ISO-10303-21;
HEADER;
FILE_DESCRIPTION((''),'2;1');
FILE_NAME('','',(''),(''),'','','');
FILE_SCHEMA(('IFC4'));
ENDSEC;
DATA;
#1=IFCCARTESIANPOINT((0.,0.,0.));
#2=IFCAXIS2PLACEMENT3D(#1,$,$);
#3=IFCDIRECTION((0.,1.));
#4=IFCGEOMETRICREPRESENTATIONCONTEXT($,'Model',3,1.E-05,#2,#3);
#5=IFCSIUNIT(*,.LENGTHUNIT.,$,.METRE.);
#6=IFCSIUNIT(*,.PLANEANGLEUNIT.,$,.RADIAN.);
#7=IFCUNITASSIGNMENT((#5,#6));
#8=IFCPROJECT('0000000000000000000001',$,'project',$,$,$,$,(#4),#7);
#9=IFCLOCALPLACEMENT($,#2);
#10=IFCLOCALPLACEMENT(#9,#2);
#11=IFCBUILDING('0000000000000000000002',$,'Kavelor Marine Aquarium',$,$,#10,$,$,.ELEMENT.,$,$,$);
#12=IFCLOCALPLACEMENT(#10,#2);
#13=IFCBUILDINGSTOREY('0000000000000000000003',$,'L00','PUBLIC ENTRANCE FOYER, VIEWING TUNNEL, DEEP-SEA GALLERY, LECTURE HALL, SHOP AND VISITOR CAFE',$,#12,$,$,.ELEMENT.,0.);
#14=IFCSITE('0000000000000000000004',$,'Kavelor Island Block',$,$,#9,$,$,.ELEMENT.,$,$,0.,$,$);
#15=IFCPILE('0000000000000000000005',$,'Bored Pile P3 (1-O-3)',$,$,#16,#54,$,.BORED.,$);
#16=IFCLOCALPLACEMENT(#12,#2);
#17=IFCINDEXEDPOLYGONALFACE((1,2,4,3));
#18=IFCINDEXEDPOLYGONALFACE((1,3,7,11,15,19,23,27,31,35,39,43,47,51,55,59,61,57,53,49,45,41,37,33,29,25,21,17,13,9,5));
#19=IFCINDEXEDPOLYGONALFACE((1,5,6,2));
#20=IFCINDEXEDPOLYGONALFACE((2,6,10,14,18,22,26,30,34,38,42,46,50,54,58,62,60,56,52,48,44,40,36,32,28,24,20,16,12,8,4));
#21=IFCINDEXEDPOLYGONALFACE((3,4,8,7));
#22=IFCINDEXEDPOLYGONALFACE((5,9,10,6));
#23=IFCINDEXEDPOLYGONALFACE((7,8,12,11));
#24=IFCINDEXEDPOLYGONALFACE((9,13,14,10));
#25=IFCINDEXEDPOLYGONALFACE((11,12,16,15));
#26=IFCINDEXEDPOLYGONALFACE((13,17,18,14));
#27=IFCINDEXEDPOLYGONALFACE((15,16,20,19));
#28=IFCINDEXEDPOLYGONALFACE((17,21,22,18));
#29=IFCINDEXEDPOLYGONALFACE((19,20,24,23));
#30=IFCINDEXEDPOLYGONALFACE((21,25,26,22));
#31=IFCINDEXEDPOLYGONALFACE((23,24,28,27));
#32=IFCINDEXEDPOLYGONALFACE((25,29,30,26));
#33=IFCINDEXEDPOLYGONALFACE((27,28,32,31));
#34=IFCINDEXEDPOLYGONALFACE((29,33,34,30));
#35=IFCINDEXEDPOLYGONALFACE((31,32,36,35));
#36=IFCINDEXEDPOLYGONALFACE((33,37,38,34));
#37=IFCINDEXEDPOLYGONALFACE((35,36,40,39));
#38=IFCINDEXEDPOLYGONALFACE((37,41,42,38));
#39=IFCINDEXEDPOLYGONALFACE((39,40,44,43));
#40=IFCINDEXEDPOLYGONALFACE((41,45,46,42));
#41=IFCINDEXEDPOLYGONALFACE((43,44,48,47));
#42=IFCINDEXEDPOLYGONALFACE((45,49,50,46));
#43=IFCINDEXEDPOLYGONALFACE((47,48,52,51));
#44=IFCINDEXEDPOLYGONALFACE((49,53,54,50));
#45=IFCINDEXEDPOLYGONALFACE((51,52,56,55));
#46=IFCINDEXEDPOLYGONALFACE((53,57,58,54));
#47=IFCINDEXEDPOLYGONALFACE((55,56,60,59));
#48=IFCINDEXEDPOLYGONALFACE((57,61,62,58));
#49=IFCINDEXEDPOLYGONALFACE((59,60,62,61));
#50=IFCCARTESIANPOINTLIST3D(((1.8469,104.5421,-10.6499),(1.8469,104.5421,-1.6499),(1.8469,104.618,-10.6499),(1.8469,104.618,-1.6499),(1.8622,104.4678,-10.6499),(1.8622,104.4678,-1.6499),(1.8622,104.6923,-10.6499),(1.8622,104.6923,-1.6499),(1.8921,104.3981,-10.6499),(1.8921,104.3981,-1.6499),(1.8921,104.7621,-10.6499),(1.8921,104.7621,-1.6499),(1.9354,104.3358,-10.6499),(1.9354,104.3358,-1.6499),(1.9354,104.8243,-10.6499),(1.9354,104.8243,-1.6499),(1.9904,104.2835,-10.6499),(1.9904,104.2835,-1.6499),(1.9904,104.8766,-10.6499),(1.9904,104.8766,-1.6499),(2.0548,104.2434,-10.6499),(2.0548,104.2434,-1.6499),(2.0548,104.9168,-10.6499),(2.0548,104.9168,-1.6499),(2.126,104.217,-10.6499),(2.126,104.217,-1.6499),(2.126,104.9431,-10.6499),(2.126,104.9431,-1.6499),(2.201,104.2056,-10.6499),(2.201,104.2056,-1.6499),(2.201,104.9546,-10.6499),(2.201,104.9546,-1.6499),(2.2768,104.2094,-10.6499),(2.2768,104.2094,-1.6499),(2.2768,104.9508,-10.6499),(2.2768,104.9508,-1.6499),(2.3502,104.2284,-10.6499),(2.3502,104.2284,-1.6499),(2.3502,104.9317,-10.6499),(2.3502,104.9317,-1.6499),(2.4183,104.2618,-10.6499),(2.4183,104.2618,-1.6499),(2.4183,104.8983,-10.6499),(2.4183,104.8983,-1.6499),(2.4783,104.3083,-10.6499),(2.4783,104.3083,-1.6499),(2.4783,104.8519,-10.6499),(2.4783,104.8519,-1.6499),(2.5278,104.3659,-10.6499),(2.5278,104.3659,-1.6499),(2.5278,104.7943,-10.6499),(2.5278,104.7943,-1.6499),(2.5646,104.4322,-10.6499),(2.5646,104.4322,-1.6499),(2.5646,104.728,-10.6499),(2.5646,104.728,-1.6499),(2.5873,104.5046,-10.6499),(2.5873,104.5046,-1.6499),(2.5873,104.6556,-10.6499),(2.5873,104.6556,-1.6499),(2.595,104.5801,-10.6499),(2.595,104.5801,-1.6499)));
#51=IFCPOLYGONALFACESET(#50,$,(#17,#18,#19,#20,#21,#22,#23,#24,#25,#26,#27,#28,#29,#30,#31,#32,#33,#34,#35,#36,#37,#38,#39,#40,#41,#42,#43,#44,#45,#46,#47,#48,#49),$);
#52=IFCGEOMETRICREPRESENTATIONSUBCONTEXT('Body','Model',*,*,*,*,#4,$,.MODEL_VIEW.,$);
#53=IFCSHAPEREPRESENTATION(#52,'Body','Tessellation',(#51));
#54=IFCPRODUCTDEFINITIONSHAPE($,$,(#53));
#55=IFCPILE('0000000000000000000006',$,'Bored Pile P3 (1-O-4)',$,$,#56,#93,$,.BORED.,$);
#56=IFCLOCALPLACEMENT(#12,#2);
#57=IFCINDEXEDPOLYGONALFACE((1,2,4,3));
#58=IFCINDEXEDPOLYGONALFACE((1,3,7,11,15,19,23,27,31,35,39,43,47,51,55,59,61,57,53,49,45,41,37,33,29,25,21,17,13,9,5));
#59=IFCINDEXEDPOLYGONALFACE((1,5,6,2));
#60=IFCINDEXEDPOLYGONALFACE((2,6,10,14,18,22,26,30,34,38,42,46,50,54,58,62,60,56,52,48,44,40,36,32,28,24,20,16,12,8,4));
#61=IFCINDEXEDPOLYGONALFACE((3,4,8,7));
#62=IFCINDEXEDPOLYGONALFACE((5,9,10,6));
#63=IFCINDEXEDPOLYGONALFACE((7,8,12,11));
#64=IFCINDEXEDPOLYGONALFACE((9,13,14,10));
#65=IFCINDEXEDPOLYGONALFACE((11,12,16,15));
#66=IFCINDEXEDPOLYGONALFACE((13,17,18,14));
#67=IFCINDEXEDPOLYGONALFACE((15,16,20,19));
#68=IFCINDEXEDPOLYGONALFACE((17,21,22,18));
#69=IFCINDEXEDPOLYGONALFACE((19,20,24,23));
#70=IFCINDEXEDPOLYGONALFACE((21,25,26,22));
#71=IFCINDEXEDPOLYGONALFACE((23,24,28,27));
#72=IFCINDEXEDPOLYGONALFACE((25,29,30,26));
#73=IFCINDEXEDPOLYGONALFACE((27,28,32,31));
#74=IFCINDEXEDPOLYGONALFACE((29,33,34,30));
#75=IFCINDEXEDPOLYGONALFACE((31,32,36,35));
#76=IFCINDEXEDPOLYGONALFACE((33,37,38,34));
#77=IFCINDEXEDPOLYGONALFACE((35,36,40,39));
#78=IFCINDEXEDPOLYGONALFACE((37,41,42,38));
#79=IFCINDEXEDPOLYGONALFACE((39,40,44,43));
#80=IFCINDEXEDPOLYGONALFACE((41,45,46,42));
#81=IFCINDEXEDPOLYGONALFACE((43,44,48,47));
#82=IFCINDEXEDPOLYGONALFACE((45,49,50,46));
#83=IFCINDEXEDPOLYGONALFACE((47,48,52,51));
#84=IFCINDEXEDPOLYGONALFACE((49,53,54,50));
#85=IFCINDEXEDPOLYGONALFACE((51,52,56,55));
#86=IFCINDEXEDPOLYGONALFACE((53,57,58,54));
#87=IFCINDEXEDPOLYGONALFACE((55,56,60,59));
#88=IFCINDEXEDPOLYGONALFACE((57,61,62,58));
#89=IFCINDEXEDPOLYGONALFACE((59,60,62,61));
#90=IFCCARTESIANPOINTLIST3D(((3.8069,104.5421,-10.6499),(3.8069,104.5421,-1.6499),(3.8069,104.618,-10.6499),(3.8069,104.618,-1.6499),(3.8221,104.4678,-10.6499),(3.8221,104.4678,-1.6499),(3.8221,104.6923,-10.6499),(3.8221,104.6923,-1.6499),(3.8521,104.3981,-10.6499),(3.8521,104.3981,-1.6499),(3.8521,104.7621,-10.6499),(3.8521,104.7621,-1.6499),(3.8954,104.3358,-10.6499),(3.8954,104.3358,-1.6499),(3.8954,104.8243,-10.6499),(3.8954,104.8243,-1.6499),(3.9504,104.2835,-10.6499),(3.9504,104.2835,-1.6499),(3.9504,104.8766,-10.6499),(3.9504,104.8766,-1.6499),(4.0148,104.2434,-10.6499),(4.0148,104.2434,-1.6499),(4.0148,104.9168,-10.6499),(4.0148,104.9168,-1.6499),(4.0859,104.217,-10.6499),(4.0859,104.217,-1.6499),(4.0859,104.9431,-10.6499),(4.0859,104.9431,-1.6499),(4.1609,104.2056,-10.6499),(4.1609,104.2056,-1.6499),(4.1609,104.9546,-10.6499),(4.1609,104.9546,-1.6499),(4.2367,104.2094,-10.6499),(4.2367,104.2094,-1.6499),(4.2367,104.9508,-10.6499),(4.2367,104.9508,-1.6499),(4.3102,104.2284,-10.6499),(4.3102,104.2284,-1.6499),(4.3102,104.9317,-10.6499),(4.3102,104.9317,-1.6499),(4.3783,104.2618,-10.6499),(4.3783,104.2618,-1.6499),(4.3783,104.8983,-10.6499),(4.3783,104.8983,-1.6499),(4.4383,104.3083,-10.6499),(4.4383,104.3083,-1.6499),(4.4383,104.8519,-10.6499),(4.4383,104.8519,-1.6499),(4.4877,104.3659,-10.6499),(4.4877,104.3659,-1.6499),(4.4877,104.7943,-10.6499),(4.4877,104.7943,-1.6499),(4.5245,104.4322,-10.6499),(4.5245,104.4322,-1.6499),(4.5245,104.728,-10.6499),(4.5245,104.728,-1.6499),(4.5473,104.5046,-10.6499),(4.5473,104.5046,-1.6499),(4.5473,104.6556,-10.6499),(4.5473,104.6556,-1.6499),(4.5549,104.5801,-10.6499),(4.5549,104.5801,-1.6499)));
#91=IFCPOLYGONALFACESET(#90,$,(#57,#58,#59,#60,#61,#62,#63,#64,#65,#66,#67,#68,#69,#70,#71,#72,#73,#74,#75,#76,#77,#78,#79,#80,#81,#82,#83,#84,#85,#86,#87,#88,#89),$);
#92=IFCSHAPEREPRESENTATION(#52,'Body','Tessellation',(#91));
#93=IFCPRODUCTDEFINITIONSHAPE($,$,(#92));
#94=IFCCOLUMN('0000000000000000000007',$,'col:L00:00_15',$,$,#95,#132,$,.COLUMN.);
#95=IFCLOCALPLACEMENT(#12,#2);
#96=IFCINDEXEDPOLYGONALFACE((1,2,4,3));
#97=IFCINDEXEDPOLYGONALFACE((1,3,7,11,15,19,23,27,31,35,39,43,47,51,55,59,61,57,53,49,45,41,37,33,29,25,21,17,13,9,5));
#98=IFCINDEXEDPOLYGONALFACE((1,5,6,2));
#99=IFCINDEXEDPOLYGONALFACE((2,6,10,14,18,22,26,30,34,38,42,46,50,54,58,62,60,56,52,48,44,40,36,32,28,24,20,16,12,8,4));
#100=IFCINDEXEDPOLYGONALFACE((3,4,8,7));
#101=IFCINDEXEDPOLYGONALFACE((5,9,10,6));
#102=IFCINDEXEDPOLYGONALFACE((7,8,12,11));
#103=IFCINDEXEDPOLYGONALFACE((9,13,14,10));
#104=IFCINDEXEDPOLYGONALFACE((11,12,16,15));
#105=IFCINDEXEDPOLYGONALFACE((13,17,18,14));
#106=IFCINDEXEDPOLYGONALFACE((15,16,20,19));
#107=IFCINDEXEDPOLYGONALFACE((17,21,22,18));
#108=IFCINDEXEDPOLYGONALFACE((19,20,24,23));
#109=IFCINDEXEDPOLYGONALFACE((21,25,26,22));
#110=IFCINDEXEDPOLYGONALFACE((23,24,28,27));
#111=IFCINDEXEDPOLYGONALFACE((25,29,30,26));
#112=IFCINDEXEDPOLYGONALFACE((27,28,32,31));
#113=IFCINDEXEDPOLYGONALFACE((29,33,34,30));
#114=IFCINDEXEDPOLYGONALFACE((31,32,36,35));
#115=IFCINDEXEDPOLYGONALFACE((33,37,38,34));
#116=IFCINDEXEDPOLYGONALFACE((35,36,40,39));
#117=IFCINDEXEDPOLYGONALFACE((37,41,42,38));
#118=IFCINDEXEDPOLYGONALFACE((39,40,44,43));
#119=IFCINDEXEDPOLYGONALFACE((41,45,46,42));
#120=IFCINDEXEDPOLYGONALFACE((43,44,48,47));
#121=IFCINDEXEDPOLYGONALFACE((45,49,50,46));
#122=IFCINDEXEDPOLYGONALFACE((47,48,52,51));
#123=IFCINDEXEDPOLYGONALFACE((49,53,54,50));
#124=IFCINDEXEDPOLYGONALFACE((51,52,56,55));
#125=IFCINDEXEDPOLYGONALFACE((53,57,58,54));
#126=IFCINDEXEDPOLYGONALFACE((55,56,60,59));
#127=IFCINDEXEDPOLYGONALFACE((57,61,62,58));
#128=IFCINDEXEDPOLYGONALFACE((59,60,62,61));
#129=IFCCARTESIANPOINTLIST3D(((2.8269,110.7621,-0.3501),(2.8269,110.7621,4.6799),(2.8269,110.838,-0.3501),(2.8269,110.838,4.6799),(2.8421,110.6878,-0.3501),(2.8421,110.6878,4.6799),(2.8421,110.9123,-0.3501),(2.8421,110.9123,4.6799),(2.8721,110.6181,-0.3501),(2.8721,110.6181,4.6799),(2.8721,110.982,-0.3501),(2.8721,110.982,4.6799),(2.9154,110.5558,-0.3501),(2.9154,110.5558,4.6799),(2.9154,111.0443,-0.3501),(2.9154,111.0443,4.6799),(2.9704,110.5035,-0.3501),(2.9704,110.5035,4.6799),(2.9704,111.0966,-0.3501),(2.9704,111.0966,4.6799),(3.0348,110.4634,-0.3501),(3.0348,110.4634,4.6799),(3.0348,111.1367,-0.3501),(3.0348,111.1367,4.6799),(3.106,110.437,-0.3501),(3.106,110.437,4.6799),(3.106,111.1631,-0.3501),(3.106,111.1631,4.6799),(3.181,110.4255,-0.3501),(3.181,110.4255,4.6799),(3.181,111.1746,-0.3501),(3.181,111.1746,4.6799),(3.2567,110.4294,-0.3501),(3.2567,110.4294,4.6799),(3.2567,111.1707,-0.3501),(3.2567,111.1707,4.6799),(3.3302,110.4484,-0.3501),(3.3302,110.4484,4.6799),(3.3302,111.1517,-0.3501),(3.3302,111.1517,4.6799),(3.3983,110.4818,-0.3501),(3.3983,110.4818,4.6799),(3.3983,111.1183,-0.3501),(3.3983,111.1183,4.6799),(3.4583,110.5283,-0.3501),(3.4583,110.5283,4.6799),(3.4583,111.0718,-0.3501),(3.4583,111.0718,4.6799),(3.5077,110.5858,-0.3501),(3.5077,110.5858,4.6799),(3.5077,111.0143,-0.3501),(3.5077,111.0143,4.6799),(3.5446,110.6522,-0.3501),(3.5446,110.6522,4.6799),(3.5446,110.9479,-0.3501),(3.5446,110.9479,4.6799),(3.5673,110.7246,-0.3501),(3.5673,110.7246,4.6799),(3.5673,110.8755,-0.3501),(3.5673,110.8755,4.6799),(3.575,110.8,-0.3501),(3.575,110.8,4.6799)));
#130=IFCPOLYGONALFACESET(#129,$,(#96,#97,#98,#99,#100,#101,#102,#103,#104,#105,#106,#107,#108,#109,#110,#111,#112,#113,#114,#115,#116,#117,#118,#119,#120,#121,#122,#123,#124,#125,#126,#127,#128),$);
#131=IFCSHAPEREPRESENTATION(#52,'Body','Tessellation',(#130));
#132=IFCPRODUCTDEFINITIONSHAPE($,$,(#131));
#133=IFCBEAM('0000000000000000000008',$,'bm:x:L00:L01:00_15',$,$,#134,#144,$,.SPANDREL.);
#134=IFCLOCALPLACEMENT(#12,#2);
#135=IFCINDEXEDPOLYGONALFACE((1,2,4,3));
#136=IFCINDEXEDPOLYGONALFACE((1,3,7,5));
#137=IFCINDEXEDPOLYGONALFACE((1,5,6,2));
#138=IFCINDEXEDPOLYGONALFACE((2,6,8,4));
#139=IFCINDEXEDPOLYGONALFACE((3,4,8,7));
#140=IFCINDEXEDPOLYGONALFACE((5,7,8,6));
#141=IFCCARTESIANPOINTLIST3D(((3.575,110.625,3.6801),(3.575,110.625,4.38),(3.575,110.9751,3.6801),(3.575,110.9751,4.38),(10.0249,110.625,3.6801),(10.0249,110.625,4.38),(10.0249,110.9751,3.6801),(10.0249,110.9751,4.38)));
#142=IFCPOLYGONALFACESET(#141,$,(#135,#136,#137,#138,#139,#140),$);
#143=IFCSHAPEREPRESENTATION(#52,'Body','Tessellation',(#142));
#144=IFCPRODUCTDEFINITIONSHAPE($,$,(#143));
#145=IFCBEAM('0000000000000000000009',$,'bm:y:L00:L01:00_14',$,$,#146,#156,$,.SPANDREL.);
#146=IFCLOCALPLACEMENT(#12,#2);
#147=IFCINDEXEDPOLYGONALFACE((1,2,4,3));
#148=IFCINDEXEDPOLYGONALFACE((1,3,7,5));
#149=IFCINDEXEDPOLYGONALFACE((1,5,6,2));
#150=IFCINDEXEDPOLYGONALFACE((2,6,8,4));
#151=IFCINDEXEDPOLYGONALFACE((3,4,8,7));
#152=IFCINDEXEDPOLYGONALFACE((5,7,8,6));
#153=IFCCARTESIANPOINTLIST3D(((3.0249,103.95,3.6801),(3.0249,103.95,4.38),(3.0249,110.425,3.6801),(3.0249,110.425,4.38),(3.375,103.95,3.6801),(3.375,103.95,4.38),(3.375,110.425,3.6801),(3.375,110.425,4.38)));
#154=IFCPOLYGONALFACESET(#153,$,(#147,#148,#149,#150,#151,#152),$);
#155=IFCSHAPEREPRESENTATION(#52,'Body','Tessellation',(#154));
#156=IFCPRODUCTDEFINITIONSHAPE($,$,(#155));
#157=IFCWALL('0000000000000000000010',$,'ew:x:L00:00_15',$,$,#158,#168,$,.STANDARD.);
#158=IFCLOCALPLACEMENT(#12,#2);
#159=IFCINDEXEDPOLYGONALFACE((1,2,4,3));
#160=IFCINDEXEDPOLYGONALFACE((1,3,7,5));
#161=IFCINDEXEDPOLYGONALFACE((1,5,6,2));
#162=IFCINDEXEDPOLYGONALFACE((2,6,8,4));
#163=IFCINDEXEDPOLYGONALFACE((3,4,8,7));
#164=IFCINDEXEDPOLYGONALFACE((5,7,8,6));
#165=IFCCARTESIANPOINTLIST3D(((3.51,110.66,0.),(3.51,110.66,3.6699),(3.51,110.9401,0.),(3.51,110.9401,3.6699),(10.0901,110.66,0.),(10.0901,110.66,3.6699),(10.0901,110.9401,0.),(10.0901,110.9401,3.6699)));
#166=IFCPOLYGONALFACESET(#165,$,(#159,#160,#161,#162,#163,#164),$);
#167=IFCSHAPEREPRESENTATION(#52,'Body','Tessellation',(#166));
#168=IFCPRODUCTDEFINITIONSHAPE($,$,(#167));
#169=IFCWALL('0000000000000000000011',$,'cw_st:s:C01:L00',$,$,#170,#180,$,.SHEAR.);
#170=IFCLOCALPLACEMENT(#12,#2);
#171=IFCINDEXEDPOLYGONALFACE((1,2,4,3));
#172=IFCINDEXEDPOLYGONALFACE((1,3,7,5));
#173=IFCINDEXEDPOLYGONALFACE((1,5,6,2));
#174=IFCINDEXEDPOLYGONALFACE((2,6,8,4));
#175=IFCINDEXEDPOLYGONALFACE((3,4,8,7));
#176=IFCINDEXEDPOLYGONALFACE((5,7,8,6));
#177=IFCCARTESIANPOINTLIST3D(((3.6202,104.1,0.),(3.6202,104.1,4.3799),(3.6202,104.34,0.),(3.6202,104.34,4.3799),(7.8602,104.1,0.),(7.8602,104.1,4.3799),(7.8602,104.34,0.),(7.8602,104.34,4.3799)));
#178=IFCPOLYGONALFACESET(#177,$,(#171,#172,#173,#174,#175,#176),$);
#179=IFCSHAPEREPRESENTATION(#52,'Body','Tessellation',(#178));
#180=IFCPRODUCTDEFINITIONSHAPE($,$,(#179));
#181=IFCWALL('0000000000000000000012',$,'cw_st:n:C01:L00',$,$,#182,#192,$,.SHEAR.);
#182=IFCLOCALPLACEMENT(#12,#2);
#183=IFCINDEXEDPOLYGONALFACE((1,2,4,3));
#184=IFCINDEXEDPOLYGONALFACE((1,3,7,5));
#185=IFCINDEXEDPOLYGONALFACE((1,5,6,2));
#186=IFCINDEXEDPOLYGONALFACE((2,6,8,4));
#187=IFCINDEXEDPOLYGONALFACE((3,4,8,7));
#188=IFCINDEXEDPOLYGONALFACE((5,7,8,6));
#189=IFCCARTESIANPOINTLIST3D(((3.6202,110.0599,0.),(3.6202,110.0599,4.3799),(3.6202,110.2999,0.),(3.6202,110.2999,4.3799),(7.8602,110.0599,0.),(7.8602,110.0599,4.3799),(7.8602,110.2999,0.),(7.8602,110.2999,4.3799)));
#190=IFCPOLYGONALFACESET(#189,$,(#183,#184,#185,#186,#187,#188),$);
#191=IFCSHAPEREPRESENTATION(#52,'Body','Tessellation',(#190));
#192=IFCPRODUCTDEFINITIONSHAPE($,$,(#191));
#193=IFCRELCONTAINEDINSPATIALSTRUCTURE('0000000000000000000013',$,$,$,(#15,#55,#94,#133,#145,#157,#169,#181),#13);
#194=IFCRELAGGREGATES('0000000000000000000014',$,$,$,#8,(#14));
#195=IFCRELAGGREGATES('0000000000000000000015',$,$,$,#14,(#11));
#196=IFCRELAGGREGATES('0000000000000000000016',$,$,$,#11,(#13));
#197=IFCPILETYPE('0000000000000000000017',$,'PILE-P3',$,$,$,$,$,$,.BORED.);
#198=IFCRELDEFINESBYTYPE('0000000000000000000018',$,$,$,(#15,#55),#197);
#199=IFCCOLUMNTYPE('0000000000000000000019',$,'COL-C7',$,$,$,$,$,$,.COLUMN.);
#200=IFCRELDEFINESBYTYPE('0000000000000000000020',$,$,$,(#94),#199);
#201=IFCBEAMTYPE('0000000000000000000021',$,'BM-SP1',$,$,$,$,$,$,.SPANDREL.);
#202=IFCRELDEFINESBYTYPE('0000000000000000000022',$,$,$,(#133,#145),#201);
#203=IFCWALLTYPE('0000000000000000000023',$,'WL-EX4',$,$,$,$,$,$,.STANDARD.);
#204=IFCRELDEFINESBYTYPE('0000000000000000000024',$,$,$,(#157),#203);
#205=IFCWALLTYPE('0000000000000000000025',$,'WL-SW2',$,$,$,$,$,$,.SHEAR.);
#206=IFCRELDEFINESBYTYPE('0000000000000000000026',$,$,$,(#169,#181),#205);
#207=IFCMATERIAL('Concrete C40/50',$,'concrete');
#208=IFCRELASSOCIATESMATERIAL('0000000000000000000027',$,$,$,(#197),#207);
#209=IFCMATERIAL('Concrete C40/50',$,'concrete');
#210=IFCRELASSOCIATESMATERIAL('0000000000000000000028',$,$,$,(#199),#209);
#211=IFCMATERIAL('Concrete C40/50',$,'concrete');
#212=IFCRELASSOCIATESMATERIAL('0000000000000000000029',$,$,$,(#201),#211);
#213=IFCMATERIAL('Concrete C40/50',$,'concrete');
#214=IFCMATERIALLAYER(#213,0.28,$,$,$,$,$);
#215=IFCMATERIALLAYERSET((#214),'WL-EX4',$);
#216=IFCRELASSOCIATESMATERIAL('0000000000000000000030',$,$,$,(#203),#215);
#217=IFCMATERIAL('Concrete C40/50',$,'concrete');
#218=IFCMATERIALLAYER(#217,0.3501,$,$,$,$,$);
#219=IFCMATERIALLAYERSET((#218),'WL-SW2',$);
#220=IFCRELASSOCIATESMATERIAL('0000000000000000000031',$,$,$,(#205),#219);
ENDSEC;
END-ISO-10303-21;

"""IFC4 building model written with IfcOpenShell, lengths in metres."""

from ifc_helpers import new_model, si_unit, direction, frame, frame_2d, origin, origin_2d, place, context, subcontext, project, spatial, rectangle, circle, extrude, material, layer, layer_set, material_profile, profile_set, type_object, element, save


model = new_model("IFC4")

# Units and contexts
model_context = context("Model", 3, precision=1e-05, world=origin(), true_north=direction((0.0, 1.0)))
body_context = subcontext(model_context, "Body", "Model", "MODEL_VIEW")
ifc_project = project(units=[si_unit("LENGTHUNIT", "METRE"), si_unit("PLANEANGLEUNIT", "RADIAN")], contexts=[model_context])

# Site, building, storey
site_placement = place(None, origin())
site = spatial("IfcSite", under=ifc_project, at=site_placement, Name="Kavelor Island Block", CompositionType="ELEMENT", RefElevation=0.0)
building_placement = place(site_placement, origin())
building = spatial("IfcBuilding", under=site, at=building_placement, Name="Kavelor Marine Aquarium", CompositionType="ELEMENT")
storey_placement = place(building_placement, origin())
storey = spatial("IfcBuildingStorey", under=building, at=storey_placement, Name="L00", Description="PUBLIC ENTRANCE FOYER, VIEWING TUNNEL, DEEP-SEA GALLERY, LECTURE HALL, SHOP AND VISITOR CAFE", CompositionType="ELEMENT", Elevation=0.0)

# Piles
ifc_material_1 = material(Name="Concrete C40/50", Category="concrete")
ifc_material_profile_1 = material_profile(ifc_material_1, circle(Radius=0.375, at=origin_2d()), Name="PILE D750")
ifc_profile_set_1 = profile_set([ifc_material_profile_1], Name="Concrete C40/50")
pile_type_1 = type_object("IfcPileType", Name="PILE-P3", PredefinedType="BORED", material=ifc_profile_set_1)
for number, where, z_axis, x_axis, name in (
    (1, (2.22, 104.5801, -1.6499), (0.0, 0.0, -1.0), (1.0, 0.0, 0.0), "Bored Pile P3 (1-O-3)"),
    (2, (4.1799, 104.5801, -1.6499), (0.0, 0.0, -1.0), (1.0, 0.0, 0.0), "Bored Pile P3 (1-O-4)"),
):
    element("IfcPile", number, at=place(storey_placement, frame(where, z_axis=z_axis, x_axis=x_axis)), inside=storey, type_object=pile_type_1, Name=name, PredefinedType="BORED", context=body_context, shape_type="SweptSolid", body=[
        extrude(circle(Radius=0.375, at=origin_2d()), origin(), (0.0, 0.0, 1.0), 9.0),
    ])

# Column
ifc_material_2 = material(Name="Concrete C40/50", Category="concrete")
ifc_material_profile_2 = material_profile(ifc_material_2, circle(Radius=0.375, at=origin_2d()), Name="RC-COL D750")
ifc_profile_set_2 = profile_set([ifc_material_profile_2], Name="Concrete C40/50")
column_type = type_object("IfcColumnType", Name="COL-C7", PredefinedType="COLUMN", material=ifc_profile_set_2)
column_placement = place(storey_placement, frame((3.2, 110.8, -0.3501), z_axis=(0.0, 0.0, 1.0), x_axis=(1.0, 0.0, 0.0)))
element("IfcColumn", 3, at=column_placement, inside=storey, type_object=column_type, Name="col:L00:00_15", PredefinedType="COLUMN", context=body_context, shape_type="SweptSolid", body=[
    extrude(circle(Radius=0.375, at=origin_2d()), origin(), (0.0, 0.0, 1.0), 5.03),
])

# Beams
ifc_material_3 = material(Name="Concrete C40/50", Category="concrete")
ifc_material_profile_3 = material_profile(ifc_material_3, rectangle(XDim=0.3501, YDim=0.7, at=origin_2d()), Name="RC-SP 350x700")
ifc_profile_set_3 = profile_set([ifc_material_profile_3], Name="Concrete C40/50")
beam_type = type_object("IfcBeamType", Name="BM-SP1", PredefinedType="SPANDREL", material=ifc_profile_set_3)
beam_1_placement = place(storey_placement, frame((3.575, 110.8, 4.03), z_axis=(1.0, 0.0, 0.0), x_axis=(0.0, 1.0, 0.0)))
element("IfcBeam", 4, at=beam_1_placement, inside=storey, type_object=beam_type, Name="bm:x:L00:L01:00_15", PredefinedType="SPANDREL", context=body_context, shape_type="SweptSolid", body=[
    extrude(rectangle(XDim=0.3501, YDim=0.7, at=origin_2d()), origin(), (0.0, 0.0, 1.0), 6.45),
])
beam_2_placement = place(storey_placement, frame((3.2, 103.95, 4.03), z_axis=(0.0, 1.0, 0.0), x_axis=(-1.0, 0.0, 0.0)))
element("IfcBeam", 5, at=beam_2_placement, inside=storey, type_object=beam_type, Name="bm:y:L00:L01:00_14", PredefinedType="SPANDREL", context=body_context, shape_type="SweptSolid", body=[
    extrude(rectangle(XDim=0.3501, YDim=0.7, at=origin_2d()), origin(), (0.0, 0.0, 1.0), 6.4751),
])

# Walls
ifc_material_4 = material(Name="Concrete C40/50", Category="concrete")
ifc_layer_1 = layer(ifc_material_4, 0.28)
ifc_layer_set_1 = layer_set([ifc_layer_1], Name="WL-EX4")
wall_type_1 = type_object("IfcWallType", Name="WL-EX4", PredefinedType="STANDARD", material=ifc_layer_set_1)
wall_1_placement = place(storey_placement, frame((3.51, 110.8, 0.0), z_axis=(0.0, 0.0, 1.0), x_axis=(1.0, 0.0, 0.0)))
element("IfcWall", 6, at=wall_1_placement, inside=storey, type_object=wall_type_1, Name="ew:x:L00:00_15", PredefinedType="STANDARD", context=body_context, shape_type="SweptSolid", body=[
    extrude(rectangle(XDim=6.5801, YDim=0.28, at=frame_2d((3.29, 0.0))), origin(), (0.0, 0.0, 1.0), 3.6699),
])
ifc_material_5 = material(Name="Concrete C40/50", Category="concrete")
ifc_layer_2 = layer(ifc_material_5, 0.3501)
ifc_layer_set_2 = layer_set([ifc_layer_2], Name="WL-SW2")
wall_type_2 = type_object("IfcWallType", Name="WL-SW2", PredefinedType="SHEAR", material=ifc_layer_set_2)
for number, where, z_axis, x_axis, name in (
    (7, (3.6201, 104.22, 0.0), (0.0, 0.0, 1.0), (1.0, 0.0, 0.0), "cw_st:s:C01:L00"),
    (8, (3.6201, 110.1799, 0.0), (0.0, 0.0, 1.0), (1.0, 0.0, 0.0), "cw_st:n:C01:L00"),
):
    element("IfcWall", number, at=place(storey_placement, frame(where, z_axis=z_axis, x_axis=x_axis)), inside=storey, type_object=wall_type_2, Name=name, PredefinedType="SHEAR", context=body_context, shape_type="SweptSolid", body=[
        extrude(rectangle(XDim=4.24, YDim=0.24, at=frame_2d((2.1201, 0.0))), origin(), (0.0, 0.0, 1.0), 4.3799),
    ])

save(model, "model.ifc")
